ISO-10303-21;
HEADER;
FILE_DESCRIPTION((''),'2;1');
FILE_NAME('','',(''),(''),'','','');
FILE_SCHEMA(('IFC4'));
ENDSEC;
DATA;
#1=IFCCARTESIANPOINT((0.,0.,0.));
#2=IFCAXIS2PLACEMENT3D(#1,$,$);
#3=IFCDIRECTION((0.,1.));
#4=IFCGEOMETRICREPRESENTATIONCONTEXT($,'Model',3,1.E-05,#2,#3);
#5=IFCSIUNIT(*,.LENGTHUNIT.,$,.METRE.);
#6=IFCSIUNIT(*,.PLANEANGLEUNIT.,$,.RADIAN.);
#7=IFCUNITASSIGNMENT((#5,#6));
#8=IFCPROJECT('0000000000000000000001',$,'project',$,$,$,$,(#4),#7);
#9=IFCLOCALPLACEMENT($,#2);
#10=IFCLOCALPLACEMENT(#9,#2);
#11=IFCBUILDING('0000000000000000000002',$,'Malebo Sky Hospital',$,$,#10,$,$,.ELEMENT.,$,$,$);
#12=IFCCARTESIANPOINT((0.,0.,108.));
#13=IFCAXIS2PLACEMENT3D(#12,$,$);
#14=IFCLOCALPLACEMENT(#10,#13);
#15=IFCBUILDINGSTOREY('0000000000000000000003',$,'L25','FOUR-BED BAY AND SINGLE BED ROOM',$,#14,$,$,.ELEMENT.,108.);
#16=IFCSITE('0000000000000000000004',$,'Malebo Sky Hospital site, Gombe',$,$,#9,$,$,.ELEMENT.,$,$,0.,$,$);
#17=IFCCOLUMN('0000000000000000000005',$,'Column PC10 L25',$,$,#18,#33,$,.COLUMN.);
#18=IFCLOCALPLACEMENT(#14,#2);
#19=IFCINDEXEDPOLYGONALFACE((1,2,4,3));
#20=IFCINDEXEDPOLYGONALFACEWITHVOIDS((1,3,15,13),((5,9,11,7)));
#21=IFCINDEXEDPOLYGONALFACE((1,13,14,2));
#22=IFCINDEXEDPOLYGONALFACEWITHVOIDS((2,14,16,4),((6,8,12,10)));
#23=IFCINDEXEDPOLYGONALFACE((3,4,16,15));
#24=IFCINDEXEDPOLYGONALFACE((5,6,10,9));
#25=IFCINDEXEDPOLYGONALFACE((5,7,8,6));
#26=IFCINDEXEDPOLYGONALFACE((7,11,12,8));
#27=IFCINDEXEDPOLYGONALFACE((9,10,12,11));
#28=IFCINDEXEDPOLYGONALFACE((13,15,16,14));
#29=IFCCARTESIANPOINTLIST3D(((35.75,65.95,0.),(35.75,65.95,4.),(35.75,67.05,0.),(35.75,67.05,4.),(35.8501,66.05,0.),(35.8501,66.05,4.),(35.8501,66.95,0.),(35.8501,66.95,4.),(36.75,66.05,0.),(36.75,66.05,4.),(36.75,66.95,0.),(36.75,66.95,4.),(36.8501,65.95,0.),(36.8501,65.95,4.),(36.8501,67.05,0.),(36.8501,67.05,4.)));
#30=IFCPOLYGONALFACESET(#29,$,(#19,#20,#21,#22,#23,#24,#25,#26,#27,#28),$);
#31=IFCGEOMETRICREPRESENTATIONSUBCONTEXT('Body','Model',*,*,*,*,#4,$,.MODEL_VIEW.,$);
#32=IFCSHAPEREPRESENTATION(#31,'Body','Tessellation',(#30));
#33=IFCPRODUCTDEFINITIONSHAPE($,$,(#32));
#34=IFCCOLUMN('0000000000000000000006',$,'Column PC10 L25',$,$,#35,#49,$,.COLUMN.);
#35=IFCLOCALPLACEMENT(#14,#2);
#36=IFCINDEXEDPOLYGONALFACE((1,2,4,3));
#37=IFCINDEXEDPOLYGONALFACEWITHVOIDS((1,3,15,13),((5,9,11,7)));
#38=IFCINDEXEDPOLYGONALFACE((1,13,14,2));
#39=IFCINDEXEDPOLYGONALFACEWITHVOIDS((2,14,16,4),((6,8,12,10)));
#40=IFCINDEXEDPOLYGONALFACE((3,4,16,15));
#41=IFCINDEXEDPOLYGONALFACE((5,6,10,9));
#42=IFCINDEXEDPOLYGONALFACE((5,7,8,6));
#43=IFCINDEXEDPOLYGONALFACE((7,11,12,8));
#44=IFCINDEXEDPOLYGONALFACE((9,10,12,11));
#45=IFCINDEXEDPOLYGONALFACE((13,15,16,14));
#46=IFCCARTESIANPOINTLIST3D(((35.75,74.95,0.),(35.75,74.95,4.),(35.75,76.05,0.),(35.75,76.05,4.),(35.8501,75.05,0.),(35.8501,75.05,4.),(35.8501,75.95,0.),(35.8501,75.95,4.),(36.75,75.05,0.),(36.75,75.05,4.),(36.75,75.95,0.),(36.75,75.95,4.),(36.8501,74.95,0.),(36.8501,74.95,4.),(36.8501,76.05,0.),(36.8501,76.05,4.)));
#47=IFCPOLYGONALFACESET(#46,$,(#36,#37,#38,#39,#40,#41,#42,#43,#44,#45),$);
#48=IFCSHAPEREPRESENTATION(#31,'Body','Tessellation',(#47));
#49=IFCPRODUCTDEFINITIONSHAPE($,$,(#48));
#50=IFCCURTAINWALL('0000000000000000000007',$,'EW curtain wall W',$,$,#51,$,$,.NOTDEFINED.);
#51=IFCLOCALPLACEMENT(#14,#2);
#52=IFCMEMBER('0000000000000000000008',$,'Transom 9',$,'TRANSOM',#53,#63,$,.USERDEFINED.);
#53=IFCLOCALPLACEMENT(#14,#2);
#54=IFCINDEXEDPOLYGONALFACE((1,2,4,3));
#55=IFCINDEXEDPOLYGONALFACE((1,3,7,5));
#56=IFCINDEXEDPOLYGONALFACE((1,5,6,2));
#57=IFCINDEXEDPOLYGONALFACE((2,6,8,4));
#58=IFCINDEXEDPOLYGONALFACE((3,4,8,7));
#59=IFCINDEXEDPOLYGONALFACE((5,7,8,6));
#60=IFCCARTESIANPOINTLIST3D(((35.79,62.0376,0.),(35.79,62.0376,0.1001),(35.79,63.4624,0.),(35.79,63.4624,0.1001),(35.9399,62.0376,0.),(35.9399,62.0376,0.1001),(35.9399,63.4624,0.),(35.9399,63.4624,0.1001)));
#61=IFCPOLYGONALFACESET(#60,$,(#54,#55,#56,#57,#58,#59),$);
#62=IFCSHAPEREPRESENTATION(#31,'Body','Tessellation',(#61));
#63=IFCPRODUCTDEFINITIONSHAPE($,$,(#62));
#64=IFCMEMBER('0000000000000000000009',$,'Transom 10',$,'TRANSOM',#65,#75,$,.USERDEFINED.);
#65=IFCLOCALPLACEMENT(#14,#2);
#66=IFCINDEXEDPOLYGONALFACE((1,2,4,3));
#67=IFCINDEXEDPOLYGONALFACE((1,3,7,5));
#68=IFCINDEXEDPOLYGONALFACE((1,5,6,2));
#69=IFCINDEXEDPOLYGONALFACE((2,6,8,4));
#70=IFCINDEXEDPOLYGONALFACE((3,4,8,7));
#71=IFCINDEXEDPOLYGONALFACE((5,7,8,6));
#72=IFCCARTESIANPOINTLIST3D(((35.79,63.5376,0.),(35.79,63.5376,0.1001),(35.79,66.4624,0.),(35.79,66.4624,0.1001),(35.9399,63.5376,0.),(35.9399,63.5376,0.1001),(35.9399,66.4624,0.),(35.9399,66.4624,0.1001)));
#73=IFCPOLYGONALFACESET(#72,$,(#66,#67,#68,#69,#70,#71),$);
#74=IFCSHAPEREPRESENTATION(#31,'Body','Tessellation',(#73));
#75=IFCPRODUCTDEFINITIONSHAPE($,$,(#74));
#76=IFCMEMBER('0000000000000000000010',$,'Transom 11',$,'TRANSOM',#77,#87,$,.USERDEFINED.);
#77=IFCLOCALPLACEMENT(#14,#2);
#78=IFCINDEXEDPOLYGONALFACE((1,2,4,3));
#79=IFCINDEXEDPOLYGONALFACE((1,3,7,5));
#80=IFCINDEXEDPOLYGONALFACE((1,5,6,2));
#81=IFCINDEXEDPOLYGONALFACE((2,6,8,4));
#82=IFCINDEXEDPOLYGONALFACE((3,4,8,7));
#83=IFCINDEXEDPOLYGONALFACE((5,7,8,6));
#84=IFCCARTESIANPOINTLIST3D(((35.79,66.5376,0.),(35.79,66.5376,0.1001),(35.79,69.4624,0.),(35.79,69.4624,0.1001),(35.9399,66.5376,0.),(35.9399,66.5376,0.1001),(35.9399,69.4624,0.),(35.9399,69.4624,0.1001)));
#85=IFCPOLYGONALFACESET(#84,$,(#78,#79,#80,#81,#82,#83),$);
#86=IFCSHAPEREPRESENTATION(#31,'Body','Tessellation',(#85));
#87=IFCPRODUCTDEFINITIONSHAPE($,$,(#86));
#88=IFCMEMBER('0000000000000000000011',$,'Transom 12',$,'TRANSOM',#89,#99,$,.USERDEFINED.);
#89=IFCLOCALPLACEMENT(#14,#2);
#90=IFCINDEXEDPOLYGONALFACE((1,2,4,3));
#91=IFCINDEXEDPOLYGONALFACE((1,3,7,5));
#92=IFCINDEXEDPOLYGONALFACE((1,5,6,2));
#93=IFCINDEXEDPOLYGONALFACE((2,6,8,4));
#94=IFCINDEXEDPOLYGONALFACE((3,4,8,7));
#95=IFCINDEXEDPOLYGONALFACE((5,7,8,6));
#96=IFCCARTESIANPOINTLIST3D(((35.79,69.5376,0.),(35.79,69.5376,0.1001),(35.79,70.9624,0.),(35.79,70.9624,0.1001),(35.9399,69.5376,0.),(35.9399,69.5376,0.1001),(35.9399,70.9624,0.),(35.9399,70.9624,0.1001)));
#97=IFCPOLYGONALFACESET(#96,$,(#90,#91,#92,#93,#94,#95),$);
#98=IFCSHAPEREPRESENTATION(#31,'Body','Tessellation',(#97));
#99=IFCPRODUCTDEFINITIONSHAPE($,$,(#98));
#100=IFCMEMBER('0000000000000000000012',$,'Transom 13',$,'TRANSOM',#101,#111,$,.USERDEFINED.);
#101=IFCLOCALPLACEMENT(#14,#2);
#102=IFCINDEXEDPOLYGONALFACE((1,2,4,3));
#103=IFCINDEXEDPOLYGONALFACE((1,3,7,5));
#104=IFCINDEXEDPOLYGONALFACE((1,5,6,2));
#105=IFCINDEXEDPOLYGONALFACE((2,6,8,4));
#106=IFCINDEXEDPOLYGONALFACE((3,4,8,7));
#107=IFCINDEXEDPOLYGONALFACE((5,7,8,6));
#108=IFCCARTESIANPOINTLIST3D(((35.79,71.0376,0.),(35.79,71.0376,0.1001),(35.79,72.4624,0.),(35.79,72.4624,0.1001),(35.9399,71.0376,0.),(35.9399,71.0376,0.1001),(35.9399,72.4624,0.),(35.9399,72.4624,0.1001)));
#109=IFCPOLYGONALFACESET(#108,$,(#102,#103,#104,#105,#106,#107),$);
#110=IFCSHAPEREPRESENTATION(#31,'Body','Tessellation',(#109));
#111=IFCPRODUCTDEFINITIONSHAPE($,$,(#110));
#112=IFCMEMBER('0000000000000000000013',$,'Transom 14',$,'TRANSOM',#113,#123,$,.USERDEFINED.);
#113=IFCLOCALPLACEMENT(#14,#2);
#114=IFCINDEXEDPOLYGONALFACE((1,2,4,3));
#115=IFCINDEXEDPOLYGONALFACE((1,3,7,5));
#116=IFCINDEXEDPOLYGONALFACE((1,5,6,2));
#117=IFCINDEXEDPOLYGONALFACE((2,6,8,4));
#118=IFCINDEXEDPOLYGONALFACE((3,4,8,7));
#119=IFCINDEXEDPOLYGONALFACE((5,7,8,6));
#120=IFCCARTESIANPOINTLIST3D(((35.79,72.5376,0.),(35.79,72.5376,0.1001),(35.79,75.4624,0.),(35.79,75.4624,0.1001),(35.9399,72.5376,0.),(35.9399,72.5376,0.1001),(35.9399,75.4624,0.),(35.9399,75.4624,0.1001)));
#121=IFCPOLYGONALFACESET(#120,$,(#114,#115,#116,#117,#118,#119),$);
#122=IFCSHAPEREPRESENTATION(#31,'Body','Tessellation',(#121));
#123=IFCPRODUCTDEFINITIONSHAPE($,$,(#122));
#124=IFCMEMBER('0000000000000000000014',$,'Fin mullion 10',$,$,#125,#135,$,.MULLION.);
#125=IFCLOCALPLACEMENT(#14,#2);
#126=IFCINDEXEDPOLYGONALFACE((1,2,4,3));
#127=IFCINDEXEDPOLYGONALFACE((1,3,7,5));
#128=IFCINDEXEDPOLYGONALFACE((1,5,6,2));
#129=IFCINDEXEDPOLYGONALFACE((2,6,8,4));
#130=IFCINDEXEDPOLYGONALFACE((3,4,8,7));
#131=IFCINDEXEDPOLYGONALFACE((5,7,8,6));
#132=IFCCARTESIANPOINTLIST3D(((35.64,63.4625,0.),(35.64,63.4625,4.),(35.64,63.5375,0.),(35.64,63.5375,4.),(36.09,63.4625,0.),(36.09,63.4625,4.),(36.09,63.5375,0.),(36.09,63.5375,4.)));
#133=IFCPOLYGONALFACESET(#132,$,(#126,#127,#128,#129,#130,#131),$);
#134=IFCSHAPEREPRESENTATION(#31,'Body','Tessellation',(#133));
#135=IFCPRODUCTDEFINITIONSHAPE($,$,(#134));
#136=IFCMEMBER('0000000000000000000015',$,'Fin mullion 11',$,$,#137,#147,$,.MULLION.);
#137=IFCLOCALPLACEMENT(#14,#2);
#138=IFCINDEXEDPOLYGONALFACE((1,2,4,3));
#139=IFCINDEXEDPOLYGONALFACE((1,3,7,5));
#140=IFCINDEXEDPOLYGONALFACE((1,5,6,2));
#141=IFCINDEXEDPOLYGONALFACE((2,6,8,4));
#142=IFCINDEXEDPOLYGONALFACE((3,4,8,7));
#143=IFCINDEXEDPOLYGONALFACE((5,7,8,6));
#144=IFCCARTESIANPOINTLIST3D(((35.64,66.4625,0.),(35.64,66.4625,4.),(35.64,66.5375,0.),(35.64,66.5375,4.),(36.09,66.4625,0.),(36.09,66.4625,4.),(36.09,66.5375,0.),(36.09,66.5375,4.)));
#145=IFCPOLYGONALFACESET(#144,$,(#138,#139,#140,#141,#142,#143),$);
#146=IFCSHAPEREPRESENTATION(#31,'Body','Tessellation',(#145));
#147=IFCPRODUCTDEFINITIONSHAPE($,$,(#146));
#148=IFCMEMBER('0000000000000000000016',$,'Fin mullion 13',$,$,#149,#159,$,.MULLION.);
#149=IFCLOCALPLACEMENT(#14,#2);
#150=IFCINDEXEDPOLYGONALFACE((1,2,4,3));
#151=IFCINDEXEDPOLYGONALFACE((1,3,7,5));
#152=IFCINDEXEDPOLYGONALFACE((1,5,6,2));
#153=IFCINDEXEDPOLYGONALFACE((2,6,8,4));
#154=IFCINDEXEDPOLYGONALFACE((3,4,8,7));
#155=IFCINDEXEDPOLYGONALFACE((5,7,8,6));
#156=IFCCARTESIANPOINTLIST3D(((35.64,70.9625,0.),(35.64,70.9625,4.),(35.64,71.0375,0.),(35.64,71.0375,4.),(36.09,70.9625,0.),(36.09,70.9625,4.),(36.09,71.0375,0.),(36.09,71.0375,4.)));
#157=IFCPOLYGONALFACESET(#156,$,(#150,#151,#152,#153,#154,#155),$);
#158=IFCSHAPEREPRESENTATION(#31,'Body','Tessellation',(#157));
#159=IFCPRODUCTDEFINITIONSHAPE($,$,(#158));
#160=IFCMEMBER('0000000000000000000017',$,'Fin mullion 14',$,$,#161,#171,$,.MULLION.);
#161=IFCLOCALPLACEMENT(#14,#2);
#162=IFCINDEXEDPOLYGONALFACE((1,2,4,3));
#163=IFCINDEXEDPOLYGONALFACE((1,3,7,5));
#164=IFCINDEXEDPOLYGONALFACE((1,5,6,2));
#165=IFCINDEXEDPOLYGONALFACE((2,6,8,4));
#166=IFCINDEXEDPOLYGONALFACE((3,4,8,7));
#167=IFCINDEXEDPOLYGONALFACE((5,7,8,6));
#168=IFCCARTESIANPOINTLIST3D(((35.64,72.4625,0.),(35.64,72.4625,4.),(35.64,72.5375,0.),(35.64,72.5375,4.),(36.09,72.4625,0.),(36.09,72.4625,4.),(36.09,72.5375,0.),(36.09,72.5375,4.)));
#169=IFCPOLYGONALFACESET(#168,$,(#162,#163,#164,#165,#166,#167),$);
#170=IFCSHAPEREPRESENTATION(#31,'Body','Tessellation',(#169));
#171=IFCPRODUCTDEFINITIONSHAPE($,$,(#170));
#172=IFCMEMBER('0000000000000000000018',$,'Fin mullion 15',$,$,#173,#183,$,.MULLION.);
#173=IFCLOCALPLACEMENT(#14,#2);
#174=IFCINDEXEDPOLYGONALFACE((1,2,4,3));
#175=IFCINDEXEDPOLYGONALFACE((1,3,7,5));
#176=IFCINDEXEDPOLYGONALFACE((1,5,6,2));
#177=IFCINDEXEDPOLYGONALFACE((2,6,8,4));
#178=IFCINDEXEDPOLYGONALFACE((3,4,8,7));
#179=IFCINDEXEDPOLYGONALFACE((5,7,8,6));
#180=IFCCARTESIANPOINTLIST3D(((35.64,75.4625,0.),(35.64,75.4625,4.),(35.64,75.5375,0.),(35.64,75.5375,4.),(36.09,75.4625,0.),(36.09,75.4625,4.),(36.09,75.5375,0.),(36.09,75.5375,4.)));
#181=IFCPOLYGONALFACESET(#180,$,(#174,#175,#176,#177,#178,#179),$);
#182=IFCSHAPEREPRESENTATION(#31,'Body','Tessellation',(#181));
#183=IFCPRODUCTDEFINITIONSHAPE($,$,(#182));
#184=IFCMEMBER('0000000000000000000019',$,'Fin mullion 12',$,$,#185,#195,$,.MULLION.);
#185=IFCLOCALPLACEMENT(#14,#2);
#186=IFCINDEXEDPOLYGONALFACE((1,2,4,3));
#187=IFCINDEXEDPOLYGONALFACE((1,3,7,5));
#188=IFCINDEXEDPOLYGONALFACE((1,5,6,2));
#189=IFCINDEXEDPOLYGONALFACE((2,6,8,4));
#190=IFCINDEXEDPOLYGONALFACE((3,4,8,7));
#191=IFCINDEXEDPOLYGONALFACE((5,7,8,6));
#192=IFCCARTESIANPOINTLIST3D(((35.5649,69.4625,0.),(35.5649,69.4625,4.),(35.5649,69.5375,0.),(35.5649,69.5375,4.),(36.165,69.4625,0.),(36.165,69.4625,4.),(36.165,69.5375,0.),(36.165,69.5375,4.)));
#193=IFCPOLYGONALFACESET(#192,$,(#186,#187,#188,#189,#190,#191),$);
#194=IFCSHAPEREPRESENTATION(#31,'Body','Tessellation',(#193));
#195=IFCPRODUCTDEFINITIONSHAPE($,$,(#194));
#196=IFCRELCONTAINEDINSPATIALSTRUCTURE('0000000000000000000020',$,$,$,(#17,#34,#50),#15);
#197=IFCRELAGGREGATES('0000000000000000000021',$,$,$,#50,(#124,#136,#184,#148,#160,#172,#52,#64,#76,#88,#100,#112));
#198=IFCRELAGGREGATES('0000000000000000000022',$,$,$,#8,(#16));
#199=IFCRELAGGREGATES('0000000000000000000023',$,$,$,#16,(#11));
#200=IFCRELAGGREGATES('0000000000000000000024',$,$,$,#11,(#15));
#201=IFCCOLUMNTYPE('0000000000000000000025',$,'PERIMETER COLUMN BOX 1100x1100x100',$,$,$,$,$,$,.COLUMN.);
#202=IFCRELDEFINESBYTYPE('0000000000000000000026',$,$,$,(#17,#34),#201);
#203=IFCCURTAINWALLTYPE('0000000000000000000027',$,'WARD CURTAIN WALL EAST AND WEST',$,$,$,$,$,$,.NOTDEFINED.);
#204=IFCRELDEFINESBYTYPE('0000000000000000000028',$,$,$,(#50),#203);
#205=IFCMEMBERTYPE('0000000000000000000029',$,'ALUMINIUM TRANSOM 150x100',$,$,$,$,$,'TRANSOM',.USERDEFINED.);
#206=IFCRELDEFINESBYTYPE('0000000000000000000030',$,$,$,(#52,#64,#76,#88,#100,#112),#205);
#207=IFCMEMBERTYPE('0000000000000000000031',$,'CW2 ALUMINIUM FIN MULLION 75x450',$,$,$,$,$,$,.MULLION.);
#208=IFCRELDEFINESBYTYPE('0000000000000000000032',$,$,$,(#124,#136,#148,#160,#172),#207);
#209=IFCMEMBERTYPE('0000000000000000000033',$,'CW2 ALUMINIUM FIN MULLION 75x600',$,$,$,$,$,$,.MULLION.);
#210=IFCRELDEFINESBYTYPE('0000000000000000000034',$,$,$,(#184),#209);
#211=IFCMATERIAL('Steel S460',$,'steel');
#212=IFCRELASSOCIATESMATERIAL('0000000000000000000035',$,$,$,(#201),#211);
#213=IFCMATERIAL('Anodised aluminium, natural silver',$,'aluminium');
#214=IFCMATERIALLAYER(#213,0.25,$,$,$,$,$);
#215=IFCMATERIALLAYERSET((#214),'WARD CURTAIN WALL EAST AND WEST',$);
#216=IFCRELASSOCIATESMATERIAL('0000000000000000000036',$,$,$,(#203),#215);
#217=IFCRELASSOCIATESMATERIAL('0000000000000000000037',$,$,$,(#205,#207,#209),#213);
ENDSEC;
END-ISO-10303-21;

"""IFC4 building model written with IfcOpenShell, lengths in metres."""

from ifc_helpers import new_model, si_unit, direction, frame, origin, origin_2d, place, context, subcontext, project, spatial, rectangle, hollow_rectangle, extrude, material, layer, layer_set, material_profile, profile_set, type_object, element, aggregate, save


model = new_model("IFC4")

# Units and contexts
model_context = context("Model", 3, precision=1e-05, world=origin(), true_north=direction((0.0, 1.0)))
body_context = subcontext(model_context, "Body", "Model", "MODEL_VIEW")
ifc_project = project(units=[si_unit("LENGTHUNIT", "METRE"), si_unit("PLANEANGLEUNIT", "RADIAN")], contexts=[model_context])

# Site, building, storey
site_placement = place(None, origin())
site = spatial("IfcSite", under=ifc_project, at=site_placement, Name="Malebo Sky Hospital site, Gombe", CompositionType="ELEMENT", RefElevation=0.0)
building_placement = place(site_placement, origin())
building = spatial("IfcBuilding", under=site, at=building_placement, Name="Malebo Sky Hospital", CompositionType="ELEMENT")
storey_placement = place(building_placement, frame((0.0, 0.0, 108.0)))
storey = spatial("IfcBuildingStorey", under=building, at=storey_placement, Name="L25", Description="FOUR-BED BAY AND SINGLE BED ROOM", CompositionType="ELEMENT", Elevation=108.0)

# Columns
ifc_material_1 = material(Name="Steel S460", Category="steel")
ifc_material_profile_1 = material_profile(ifc_material_1, hollow_rectangle(XDim=1.1001, YDim=1.1001, WallThickness=0.1001, at=origin_2d()), Name="BOX 1100x1100x100")
ifc_profile_set_1 = profile_set([ifc_material_profile_1], Name="Steel S460")
column_type = type_object("IfcColumnType", Name="PERIMETER COLUMN BOX 1100x1100x100", PredefinedType="COLUMN", material=ifc_profile_set_1)
for number, where, z_axis, x_axis, name in (
    (1, (36.3, 66.5, 0.0), (0.0, 0.0, 1.0), (1.0, 0.0, 0.0), "Column PC10 L25"),
    (2, (36.3, 75.5, 0.0), (0.0, 0.0, 1.0), (1.0, 0.0, 0.0), "Column PC10 L25"),
):
    element("IfcColumn", number, at=place(storey_placement, frame(where, z_axis=z_axis, x_axis=x_axis)), inside=storey, type_object=column_type, Name=name, PredefinedType="COLUMN", context=body_context, shape_type="SweptSolid", body=[
        extrude(hollow_rectangle(XDim=1.1001, YDim=1.1001, WallThickness=0.1001, at=origin_2d()), origin(), (0.0, 0.0, 1.0), 4.0),
    ])

# Curtain wall, members
ifc_material_2 = material(Name="Anodised aluminium, natural silver", Category="aluminium")
ifc_layer_1 = layer(ifc_material_2, 0.25)
ifc_layer_set_1 = layer_set([ifc_layer_1], Name="WARD CURTAIN WALL EAST AND WEST")
curtain_wall_type = type_object("IfcCurtainWallType", Name="WARD CURTAIN WALL EAST AND WEST", PredefinedType="NOTDEFINED", material=ifc_layer_set_1)
curtain_wall_placement = place(storey_placement, origin())
curtain_wall = element("IfcCurtainWall", 3, at=curtain_wall_placement, inside=storey, type_object=curtain_wall_type, Name="EW curtain wall W", PredefinedType="NOTDEFINED")
ifc_material_profile_2 = material_profile(ifc_material_2, rectangle(XDim=0.1499, YDim=0.1001, at=origin_2d()), Name="ALUMINIUM TRANSOM 150x100")
ifc_profile_set_2 = profile_set([ifc_material_profile_2], Name="Anodised aluminium, natural silver")
member_type_1 = type_object("IfcMemberType", Name="ALUMINIUM TRANSOM 150x100", ElementType="TRANSOM", PredefinedType="USERDEFINED", material=ifc_profile_set_2)
member_1_placement = place(storey_placement, frame((35.865, 62.0376, 0.05), z_axis=(0.0, 1.0, 0.0), x_axis=(-1.0, 0.0, 0.0)))
member_1 = element("IfcMember", 4, at=member_1_placement, type_object=member_type_1, Name="Transom 9", ObjectType="TRANSOM", PredefinedType="USERDEFINED", context=body_context, shape_type="SweptSolid", body=[
    extrude(rectangle(XDim=0.1499, YDim=0.1001, at=origin_2d()), origin(), (0.0, 0.0, 1.0), 1.4248),
])
member_2_placement = place(storey_placement, frame((35.865, 63.5376, 0.05), z_axis=(0.0, 1.0, 0.0), x_axis=(-1.0, 0.0, 0.0)))
member_2 = element("IfcMember", 5, at=member_2_placement, type_object=member_type_1, Name="Transom 10", ObjectType="TRANSOM", PredefinedType="USERDEFINED", context=body_context, shape_type="SweptSolid", body=[
    extrude(rectangle(XDim=0.1499, YDim=0.1001, at=origin_2d()), origin(), (0.0, 0.0, 1.0), 2.9248),
])
member_3_placement = place(storey_placement, frame((35.865, 66.5376, 0.05), z_axis=(0.0, 1.0, 0.0), x_axis=(-1.0, 0.0, 0.0)))
member_3 = element("IfcMember", 6, at=member_3_placement, type_object=member_type_1, Name="Transom 11", ObjectType="TRANSOM", PredefinedType="USERDEFINED", context=body_context, shape_type="SweptSolid", body=[
    extrude(rectangle(XDim=0.1499, YDim=0.1001, at=origin_2d()), origin(), (0.0, 0.0, 1.0), 2.9248),
])
member_4_placement = place(storey_placement, frame((35.865, 69.5376, 0.05), z_axis=(0.0, 1.0, 0.0), x_axis=(-1.0, 0.0, 0.0)))
member_4 = element("IfcMember", 7, at=member_4_placement, type_object=member_type_1, Name="Transom 12", ObjectType="TRANSOM", PredefinedType="USERDEFINED", context=body_context, shape_type="SweptSolid", body=[
    extrude(rectangle(XDim=0.1499, YDim=0.1001, at=origin_2d()), origin(), (0.0, 0.0, 1.0), 1.4248),
])
member_5_placement = place(storey_placement, frame((35.865, 71.0376, 0.05), z_axis=(0.0, 1.0, 0.0), x_axis=(-1.0, 0.0, 0.0)))
member_5 = element("IfcMember", 8, at=member_5_placement, type_object=member_type_1, Name="Transom 13", ObjectType="TRANSOM", PredefinedType="USERDEFINED", context=body_context, shape_type="SweptSolid", body=[
    extrude(rectangle(XDim=0.1499, YDim=0.1001, at=origin_2d()), origin(), (0.0, 0.0, 1.0), 1.4248),
])
member_6_placement = place(storey_placement, frame((35.865, 72.5376, 0.05), z_axis=(0.0, 1.0, 0.0), x_axis=(-1.0, 0.0, 0.0)))
member_6 = element("IfcMember", 9, at=member_6_placement, type_object=member_type_1, Name="Transom 14", ObjectType="TRANSOM", PredefinedType="USERDEFINED", context=body_context, shape_type="SweptSolid", body=[
    extrude(rectangle(XDim=0.1499, YDim=0.1001, at=origin_2d()), origin(), (0.0, 0.0, 1.0), 2.9248),
])
ifc_material_profile_3 = material_profile(ifc_material_2, rectangle(XDim=0.075, YDim=0.45, at=origin_2d()), Name="CW2 ALUMINIUM FIN MULLION 75x450")
ifc_profile_set_3 = profile_set([ifc_material_profile_3], Name="Anodised aluminium, natural silver")
member_type_2 = type_object("IfcMemberType", Name="CW2 ALUMINIUM FIN MULLION 75x450", PredefinedType="MULLION", material=ifc_profile_set_3)
member_7_placement = place(storey_placement, frame((35.865, 63.5, 0.0), z_axis=(0.0, 0.0, 1.0), x_axis=(0.0, 1.0, 0.0)))
member_7 = element("IfcMember", 10, at=member_7_placement, type_object=member_type_2, Name="Fin mullion 10", PredefinedType="MULLION", context=body_context, shape_type="SweptSolid", body=[
    extrude(rectangle(XDim=0.075, YDim=0.45, at=origin_2d()), origin(), (0.0, 0.0, 1.0), 4.0),
])
member_8_placement = place(storey_placement, frame((35.865, 66.5, 0.0), z_axis=(0.0, 0.0, 1.0), x_axis=(0.0, 1.0, 0.0)))
member_8 = element("IfcMember", 11, at=member_8_placement, type_object=member_type_2, Name="Fin mullion 11", PredefinedType="MULLION", context=body_context, shape_type="SweptSolid", body=[
    extrude(rectangle(XDim=0.075, YDim=0.45, at=origin_2d()), origin(), (0.0, 0.0, 1.0), 4.0),
])
member_9_placement = place(storey_placement, frame((35.865, 71.0, 0.0), z_axis=(0.0, 0.0, 1.0), x_axis=(0.0, 1.0, 0.0)))
member_9 = element("IfcMember", 12, at=member_9_placement, type_object=member_type_2, Name="Fin mullion 13", PredefinedType="MULLION", context=body_context, shape_type="SweptSolid", body=[
    extrude(rectangle(XDim=0.075, YDim=0.45, at=origin_2d()), origin(), (0.0, 0.0, 1.0), 4.0),
])
member_10_placement = place(storey_placement, frame((35.865, 72.5, 0.0), z_axis=(0.0, 0.0, 1.0), x_axis=(0.0, 1.0, 0.0)))
member_10 = element("IfcMember", 13, at=member_10_placement, type_object=member_type_2, Name="Fin mullion 14", PredefinedType="MULLION", context=body_context, shape_type="SweptSolid", body=[
    extrude(rectangle(XDim=0.075, YDim=0.45, at=origin_2d()), origin(), (0.0, 0.0, 1.0), 4.0),
])
member_11_placement = place(storey_placement, frame((35.865, 75.5, 0.0), z_axis=(0.0, 0.0, 1.0), x_axis=(0.0, 1.0, 0.0)))
member_11 = element("IfcMember", 14, at=member_11_placement, type_object=member_type_2, Name="Fin mullion 15", PredefinedType="MULLION", context=body_context, shape_type="SweptSolid", body=[
    extrude(rectangle(XDim=0.075, YDim=0.45, at=origin_2d()), origin(), (0.0, 0.0, 1.0), 4.0),
])
ifc_material_profile_4 = material_profile(ifc_material_2, rectangle(XDim=0.075, YDim=0.6001, at=origin_2d()), Name="CW2 ALUMINIUM FIN MULLION 75x600")
ifc_profile_set_4 = profile_set([ifc_material_profile_4], Name="Anodised aluminium, natural silver")
member_type_3 = type_object("IfcMemberType", Name="CW2 ALUMINIUM FIN MULLION 75x600", PredefinedType="MULLION", material=ifc_profile_set_4)
member_12_placement = place(storey_placement, frame((35.865, 69.5, 0.0), z_axis=(0.0, 0.0, 1.0), x_axis=(0.0, 1.0, 0.0)))
member_12 = element("IfcMember", 15, at=member_12_placement, type_object=member_type_3, Name="Fin mullion 12", PredefinedType="MULLION", context=body_context, shape_type="SweptSolid", body=[
    extrude(rectangle(XDim=0.075, YDim=0.6001, at=origin_2d()), origin(), (0.0, 0.0, 1.0), 4.0),
])

aggregate(curtain_wall, [member_7, member_8, member_12, member_9, member_10, member_11, member_1, member_2, member_3, member_4, member_5, member_6])

save(model, "model.ifc")
